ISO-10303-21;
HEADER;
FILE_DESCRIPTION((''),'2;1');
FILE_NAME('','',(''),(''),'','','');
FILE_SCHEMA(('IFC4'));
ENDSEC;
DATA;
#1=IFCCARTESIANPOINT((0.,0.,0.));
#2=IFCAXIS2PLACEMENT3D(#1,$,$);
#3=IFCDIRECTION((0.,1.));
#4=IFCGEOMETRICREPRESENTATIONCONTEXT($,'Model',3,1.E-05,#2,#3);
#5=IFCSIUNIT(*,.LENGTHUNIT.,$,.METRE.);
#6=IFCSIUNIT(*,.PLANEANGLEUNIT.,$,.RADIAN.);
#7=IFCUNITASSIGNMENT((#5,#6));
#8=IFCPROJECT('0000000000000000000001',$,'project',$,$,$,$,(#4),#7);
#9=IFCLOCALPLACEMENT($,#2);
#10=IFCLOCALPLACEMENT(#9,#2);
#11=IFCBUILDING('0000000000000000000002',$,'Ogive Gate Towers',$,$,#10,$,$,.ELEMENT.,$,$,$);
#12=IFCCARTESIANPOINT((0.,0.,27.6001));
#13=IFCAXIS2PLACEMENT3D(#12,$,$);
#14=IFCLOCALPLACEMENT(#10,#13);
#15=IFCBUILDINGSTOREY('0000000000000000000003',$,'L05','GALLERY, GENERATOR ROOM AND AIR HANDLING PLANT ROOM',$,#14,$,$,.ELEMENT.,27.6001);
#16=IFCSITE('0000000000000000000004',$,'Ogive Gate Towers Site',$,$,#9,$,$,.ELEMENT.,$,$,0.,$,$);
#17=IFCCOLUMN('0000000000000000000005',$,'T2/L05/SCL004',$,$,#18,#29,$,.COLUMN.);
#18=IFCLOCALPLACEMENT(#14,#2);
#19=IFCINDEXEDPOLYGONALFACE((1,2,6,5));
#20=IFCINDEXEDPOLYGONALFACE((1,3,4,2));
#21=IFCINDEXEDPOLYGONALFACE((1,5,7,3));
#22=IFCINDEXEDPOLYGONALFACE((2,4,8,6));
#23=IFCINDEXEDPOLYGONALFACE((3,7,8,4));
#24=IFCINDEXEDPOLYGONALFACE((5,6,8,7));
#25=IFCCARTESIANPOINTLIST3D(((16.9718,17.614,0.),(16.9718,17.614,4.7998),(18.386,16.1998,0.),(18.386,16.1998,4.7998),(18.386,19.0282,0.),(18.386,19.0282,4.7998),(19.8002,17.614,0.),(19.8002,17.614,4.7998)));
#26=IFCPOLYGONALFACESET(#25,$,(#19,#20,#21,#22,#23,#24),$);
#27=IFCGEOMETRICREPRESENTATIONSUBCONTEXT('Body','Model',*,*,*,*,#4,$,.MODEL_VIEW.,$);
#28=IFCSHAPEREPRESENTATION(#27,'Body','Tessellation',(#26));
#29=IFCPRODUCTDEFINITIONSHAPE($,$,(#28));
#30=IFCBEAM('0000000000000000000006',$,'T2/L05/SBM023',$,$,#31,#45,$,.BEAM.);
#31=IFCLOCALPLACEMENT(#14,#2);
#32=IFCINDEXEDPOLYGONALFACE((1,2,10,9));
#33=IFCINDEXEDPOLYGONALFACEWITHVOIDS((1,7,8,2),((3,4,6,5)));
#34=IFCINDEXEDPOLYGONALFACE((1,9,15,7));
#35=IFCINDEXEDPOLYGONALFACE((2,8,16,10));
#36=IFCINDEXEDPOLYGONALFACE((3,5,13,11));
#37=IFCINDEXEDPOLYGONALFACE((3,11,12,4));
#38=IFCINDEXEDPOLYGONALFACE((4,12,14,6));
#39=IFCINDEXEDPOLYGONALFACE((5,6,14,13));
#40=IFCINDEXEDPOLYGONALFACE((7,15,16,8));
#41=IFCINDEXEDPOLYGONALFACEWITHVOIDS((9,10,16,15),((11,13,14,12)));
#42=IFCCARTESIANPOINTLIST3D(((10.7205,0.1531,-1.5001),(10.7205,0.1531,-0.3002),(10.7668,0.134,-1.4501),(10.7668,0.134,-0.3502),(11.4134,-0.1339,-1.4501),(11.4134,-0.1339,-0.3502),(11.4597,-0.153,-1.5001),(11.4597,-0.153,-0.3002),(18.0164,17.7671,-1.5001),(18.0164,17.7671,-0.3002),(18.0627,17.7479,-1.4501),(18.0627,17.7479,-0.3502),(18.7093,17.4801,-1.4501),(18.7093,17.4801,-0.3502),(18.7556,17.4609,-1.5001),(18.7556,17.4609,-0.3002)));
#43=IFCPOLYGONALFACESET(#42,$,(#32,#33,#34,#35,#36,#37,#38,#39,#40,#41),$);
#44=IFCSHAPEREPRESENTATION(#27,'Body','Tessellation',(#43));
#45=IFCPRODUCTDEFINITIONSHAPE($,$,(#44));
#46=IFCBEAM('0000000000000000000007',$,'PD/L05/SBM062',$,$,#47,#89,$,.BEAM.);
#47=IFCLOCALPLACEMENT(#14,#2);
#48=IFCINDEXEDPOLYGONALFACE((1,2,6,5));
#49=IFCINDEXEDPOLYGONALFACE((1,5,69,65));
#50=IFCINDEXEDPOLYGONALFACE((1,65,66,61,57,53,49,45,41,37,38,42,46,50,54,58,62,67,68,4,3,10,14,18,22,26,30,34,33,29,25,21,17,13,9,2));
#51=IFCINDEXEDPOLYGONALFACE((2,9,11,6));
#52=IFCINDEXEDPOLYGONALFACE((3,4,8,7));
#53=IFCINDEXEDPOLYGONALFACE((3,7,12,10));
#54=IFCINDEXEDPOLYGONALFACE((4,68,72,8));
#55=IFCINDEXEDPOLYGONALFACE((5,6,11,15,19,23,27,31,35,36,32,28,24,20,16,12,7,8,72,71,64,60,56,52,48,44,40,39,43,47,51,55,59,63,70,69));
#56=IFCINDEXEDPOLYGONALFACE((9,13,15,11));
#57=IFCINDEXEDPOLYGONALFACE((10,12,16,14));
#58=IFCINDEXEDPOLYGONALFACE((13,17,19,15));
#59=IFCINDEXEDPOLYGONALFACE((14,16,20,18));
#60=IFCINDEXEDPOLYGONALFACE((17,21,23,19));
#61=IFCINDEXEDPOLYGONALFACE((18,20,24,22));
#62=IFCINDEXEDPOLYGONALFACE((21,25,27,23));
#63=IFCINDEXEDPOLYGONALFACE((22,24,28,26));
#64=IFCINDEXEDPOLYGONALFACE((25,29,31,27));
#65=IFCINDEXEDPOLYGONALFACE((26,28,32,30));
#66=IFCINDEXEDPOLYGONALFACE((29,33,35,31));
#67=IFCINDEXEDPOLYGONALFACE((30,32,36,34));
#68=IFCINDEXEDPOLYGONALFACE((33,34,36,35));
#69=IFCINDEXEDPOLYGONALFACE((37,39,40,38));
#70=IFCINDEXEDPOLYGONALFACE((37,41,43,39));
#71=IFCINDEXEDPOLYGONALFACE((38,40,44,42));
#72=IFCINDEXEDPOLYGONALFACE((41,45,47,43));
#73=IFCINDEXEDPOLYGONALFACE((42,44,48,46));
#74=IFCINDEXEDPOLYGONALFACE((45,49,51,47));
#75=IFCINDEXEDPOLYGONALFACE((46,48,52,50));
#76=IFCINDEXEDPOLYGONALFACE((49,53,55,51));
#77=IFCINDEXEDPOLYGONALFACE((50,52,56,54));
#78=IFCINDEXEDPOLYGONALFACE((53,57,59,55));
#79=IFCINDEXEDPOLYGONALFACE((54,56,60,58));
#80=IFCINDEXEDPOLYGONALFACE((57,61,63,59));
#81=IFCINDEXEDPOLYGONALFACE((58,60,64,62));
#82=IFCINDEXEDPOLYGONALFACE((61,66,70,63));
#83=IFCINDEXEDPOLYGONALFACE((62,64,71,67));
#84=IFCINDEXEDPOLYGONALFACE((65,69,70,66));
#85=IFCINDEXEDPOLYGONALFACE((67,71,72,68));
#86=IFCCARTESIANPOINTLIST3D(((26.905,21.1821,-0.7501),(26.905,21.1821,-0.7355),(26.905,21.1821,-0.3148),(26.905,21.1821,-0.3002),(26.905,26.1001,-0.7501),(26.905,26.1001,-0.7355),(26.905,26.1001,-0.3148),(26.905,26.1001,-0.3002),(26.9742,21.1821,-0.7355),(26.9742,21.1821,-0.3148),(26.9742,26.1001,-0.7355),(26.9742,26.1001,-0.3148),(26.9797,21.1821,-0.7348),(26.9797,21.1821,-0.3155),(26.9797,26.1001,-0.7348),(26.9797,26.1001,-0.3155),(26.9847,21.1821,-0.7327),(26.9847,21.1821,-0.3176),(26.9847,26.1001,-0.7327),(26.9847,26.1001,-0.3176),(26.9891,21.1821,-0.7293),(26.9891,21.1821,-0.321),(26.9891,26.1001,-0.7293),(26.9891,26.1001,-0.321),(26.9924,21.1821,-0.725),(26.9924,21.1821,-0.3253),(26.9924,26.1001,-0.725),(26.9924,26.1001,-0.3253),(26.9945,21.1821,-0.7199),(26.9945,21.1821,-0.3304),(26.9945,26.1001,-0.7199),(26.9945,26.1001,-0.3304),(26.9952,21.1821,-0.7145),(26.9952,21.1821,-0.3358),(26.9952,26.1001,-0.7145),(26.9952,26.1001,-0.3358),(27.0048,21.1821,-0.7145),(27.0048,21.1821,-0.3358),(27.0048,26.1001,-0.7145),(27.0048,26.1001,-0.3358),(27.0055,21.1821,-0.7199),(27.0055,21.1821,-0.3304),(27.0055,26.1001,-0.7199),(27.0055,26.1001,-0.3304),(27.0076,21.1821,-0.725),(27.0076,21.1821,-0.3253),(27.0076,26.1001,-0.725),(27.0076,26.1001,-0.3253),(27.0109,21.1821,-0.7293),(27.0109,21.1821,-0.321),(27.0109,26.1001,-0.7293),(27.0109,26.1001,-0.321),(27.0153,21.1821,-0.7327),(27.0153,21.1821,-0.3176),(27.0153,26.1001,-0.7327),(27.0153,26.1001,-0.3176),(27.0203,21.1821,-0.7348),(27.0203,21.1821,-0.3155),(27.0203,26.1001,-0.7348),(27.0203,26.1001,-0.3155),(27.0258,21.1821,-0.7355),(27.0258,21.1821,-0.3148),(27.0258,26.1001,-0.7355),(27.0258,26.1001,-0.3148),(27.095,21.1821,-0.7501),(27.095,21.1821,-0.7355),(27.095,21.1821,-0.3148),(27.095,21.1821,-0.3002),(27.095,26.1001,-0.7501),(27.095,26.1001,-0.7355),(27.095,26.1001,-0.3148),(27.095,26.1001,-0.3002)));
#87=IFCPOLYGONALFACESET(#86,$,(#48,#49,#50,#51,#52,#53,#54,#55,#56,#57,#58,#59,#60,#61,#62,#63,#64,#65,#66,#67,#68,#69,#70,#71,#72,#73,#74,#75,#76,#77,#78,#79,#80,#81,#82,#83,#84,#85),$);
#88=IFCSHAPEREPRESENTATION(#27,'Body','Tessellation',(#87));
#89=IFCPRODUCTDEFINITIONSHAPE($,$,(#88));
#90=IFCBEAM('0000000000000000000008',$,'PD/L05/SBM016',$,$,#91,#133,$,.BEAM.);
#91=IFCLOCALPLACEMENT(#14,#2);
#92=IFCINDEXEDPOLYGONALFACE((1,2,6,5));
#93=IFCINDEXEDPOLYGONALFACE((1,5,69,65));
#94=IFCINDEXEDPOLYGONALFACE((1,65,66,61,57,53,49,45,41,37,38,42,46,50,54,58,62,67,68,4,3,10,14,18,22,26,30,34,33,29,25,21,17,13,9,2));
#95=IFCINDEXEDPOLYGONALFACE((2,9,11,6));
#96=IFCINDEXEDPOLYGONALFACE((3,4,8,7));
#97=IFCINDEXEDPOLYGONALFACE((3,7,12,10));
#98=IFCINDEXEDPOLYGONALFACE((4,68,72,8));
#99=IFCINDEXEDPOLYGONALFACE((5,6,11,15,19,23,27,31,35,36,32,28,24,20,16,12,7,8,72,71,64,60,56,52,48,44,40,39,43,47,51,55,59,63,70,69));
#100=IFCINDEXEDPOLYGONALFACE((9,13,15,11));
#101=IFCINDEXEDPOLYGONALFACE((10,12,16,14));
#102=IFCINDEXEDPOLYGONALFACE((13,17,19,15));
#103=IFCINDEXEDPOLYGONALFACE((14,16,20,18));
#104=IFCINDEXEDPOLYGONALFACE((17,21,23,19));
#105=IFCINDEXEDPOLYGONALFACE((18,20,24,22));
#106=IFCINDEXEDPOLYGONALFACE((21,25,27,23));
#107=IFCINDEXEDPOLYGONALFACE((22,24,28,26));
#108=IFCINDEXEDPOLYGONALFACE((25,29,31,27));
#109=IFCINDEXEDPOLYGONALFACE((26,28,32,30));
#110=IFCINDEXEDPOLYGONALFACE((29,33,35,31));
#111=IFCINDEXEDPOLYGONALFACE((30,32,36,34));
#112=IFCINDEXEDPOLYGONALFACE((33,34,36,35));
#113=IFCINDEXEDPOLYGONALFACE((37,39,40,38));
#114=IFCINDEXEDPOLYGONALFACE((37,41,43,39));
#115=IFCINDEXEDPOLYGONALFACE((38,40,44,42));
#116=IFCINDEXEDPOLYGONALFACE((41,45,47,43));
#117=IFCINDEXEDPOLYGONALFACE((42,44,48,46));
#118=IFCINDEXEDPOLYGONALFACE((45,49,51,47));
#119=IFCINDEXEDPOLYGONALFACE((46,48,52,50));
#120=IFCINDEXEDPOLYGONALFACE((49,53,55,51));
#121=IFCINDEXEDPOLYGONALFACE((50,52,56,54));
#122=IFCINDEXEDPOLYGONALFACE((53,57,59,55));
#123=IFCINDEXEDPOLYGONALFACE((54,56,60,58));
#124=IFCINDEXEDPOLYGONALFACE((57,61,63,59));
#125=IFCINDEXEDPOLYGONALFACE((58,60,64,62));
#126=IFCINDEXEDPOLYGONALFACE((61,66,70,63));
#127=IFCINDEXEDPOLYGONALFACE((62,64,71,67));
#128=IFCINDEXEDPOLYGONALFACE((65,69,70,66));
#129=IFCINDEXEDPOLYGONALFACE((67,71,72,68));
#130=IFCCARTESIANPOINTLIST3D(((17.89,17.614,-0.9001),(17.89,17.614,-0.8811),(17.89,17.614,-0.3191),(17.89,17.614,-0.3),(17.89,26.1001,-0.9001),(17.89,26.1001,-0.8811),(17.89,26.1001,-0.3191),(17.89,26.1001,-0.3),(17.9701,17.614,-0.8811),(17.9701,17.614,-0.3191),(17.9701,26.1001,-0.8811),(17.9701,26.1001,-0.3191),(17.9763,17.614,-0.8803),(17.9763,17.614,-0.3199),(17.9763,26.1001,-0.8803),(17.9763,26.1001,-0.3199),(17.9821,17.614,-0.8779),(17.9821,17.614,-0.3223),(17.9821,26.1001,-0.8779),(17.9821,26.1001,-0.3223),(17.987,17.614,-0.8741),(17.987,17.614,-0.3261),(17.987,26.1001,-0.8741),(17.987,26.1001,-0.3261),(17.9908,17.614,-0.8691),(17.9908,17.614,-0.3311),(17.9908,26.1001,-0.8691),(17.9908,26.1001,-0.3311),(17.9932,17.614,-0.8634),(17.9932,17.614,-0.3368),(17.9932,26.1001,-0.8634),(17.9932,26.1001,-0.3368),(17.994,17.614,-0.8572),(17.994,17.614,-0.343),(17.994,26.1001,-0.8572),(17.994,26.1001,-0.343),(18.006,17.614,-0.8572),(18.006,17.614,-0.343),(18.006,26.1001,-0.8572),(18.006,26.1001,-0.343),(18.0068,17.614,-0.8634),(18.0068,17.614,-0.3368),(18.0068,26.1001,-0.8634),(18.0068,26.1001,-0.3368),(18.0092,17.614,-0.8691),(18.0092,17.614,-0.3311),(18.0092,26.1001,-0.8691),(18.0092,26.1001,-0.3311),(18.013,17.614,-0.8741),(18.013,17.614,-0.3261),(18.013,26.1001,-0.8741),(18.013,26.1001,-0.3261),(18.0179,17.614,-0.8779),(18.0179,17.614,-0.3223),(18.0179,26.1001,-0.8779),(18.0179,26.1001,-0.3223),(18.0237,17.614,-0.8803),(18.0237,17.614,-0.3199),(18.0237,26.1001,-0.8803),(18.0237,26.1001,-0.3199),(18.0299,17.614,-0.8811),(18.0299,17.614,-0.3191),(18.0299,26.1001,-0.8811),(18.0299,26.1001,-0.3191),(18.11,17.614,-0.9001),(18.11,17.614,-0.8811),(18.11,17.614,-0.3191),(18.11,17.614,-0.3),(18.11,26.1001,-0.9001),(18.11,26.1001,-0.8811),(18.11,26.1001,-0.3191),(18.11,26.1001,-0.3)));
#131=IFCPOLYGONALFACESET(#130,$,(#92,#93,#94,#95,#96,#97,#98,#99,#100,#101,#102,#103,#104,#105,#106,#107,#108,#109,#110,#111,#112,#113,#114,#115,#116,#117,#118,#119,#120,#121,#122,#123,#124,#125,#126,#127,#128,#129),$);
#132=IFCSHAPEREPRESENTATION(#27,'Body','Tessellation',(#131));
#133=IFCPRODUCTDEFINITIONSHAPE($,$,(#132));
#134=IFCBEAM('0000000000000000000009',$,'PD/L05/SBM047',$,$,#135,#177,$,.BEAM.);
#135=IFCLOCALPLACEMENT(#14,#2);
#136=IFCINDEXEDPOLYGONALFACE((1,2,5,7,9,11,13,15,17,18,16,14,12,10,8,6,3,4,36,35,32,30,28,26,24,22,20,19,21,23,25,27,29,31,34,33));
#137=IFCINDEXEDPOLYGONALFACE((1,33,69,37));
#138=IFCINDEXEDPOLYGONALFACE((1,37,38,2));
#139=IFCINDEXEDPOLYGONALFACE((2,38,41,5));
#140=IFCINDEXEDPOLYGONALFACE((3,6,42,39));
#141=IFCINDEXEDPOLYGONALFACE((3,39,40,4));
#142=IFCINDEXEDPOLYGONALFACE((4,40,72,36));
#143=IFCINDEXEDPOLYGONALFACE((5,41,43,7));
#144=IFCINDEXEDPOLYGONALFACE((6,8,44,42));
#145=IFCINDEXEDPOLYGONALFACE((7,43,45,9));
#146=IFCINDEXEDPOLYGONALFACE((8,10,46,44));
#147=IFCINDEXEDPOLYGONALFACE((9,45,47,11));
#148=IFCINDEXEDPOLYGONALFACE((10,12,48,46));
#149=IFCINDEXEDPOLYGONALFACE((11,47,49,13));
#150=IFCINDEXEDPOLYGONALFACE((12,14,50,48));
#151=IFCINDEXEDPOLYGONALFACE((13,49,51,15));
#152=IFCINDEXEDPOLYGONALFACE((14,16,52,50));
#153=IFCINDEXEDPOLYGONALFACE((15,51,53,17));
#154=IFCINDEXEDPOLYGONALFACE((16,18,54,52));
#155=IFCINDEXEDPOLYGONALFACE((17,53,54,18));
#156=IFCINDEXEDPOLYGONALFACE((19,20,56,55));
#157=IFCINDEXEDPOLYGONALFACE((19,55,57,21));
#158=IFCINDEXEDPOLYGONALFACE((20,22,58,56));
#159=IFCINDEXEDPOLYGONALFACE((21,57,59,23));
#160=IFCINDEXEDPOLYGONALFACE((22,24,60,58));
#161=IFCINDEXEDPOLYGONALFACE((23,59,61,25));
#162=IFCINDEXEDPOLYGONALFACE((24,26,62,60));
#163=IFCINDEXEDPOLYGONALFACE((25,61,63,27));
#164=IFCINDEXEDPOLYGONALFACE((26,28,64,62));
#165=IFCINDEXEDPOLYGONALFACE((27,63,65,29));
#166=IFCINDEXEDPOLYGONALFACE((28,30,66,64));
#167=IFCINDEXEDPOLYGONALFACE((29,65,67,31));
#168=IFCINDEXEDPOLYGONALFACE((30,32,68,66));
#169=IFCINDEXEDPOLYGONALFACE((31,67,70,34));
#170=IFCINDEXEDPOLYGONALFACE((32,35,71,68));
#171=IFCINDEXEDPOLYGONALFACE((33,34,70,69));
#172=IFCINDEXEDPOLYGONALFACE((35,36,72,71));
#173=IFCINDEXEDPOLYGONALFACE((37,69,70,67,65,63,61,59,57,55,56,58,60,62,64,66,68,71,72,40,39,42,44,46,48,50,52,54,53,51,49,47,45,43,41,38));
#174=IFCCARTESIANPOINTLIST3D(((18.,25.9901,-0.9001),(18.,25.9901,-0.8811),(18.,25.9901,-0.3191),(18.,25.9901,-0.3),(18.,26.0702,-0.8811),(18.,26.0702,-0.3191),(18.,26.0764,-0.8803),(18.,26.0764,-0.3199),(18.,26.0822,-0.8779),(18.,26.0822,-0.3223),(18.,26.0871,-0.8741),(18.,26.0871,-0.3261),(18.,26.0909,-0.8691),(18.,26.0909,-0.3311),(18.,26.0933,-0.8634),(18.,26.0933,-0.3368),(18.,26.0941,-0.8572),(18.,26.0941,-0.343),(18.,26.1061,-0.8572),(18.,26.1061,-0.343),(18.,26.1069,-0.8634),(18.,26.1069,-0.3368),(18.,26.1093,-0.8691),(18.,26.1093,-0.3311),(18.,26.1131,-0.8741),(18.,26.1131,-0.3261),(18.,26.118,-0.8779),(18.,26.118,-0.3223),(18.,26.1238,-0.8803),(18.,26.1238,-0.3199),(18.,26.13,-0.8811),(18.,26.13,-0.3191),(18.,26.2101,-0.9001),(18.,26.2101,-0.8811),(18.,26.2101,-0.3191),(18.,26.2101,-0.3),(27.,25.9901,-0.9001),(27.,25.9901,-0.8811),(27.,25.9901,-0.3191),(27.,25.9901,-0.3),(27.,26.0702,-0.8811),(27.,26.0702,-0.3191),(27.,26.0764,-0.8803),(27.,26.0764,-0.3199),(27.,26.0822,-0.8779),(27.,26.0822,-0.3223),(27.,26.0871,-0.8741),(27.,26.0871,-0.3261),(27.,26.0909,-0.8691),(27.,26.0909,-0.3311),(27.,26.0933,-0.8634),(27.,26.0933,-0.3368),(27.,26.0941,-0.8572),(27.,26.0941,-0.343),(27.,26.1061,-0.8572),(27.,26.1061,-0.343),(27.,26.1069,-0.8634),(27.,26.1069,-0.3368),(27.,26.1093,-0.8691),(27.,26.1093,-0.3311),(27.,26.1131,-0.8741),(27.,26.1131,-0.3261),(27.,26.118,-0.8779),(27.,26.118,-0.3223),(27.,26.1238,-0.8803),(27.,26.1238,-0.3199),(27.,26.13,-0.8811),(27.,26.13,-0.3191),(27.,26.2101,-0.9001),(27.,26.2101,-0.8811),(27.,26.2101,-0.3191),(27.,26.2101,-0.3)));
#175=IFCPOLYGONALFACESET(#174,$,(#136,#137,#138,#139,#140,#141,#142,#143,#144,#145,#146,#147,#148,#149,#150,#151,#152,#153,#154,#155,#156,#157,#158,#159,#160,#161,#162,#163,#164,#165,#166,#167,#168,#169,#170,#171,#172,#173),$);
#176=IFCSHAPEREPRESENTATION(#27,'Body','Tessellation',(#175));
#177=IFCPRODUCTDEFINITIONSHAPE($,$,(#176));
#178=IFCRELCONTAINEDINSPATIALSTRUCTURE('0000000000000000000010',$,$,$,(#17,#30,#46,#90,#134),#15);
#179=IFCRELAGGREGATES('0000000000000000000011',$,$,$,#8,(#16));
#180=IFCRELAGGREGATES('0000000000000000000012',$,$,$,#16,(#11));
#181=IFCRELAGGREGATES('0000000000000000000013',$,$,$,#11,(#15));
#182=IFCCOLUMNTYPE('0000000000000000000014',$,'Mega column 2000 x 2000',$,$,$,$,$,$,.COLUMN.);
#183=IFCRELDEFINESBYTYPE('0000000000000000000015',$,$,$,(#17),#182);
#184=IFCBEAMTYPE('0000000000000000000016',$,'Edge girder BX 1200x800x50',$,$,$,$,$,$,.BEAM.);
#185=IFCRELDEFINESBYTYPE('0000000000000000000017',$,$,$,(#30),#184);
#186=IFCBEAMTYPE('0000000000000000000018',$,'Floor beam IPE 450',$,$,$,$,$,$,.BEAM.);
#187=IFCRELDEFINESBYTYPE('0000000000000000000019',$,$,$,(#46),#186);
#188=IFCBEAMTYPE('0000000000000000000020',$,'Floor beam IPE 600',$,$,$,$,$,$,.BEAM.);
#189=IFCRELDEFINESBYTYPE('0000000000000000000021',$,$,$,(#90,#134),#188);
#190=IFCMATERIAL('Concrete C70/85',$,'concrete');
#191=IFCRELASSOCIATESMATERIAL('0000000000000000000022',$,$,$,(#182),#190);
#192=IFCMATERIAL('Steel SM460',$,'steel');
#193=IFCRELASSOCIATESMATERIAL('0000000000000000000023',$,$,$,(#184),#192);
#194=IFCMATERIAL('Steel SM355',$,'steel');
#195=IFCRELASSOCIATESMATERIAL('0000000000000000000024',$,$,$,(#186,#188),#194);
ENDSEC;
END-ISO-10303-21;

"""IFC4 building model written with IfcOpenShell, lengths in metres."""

from ifc_helpers import new_model, si_unit, direction, frame, origin, origin_2d, place, context, subcontext, project, spatial, rectangle, hollow_rectangle, i_section, extrude, material, material_profile, profile_set, type_object, element, save


model = new_model("IFC4")

# Units and contexts
model_context = context("Model", 3, precision=1e-05, world=origin(), true_north=direction((0.0, 1.0)))
body_context = subcontext(model_context, "Body", "Model", "MODEL_VIEW")
ifc_project = project(units=[si_unit("LENGTHUNIT", "METRE"), si_unit("PLANEANGLEUNIT", "RADIAN")], contexts=[model_context])

# Site, building, storey
site_placement = place(None, origin())
site = spatial("IfcSite", under=ifc_project, at=site_placement, Name="Ogive Gate Towers Site", CompositionType="ELEMENT", RefElevation=0.0)
building_placement = place(site_placement, origin())
building = spatial("IfcBuilding", under=site, at=building_placement, Name="Ogive Gate Towers", CompositionType="ELEMENT")
storey_placement = place(building_placement, frame((0.0, 0.0, 27.6001)))
storey = spatial("IfcBuildingStorey", under=building, at=storey_placement, Name="L05", Description="GALLERY, GENERATOR ROOM AND AIR HANDLING PLANT ROOM", CompositionType="ELEMENT", Elevation=27.6001)

# Column
ifc_material_1 = material(Name="Concrete C70/85", Category="concrete")
ifc_material_profile_1 = material_profile(ifc_material_1, rectangle(XDim=2.0, YDim=2.0, at=origin_2d()), Name="RC 2000x2000")
ifc_profile_set_1 = profile_set([ifc_material_profile_1], Name="Concrete C70/85")
column_type = type_object("IfcColumnType", Name="Mega column 2000 x 2000", PredefinedType="COLUMN", material=ifc_profile_set_1)
column_placement = place(storey_placement, frame((18.386, 17.614, 0.0), z_axis=(0.0, 0.0, 1.0), x_axis=(-0.707107, 0.707107, 0.0)))
element("IfcColumn", 1, at=column_placement, inside=storey, type_object=column_type, Name="T2/L05/SCL004", PredefinedType="COLUMN", context=body_context, shape_type="SweptSolid", body=[
    extrude(rectangle(XDim=2.0, YDim=2.0, at=origin_2d()), origin(), (0.0, 0.0, 1.0), 4.7998),
])

# Beams
ifc_material_2 = material(Name="Steel SM460", Category="steel")
ifc_material_profile_2 = material_profile(ifc_material_2, hollow_rectangle(XDim=0.8, YDim=1.2, WallThickness=0.05, at=origin_2d()), Name="BX 1200x800x50")
ifc_profile_set_2 = profile_set([ifc_material_profile_2], Name="Steel SM460")
beam_type_1 = type_object("IfcBeamType", Name="Edge girder BX 1200x800x50", PredefinedType="BEAM", material=ifc_profile_set_2)
beam_1_placement = place(storey_placement, frame((18.386, 17.614, -0.9001), z_axis=(-0.382681, -0.923881, 0.0), x_axis=(0.923881, -0.382681, 0.0)))
element("IfcBeam", 2, at=beam_1_placement, inside=storey, type_object=beam_type_1, Name="T2/L05/SBM023", PredefinedType="BEAM", context=body_context, shape_type="SweptSolid", body=[
    extrude(hollow_rectangle(XDim=0.8, YDim=1.2, WallThickness=0.05, at=origin_2d()), origin(), (0.0, 0.0, 1.0), 19.0652),
])
ifc_material_3 = material(Name="Steel SM355", Category="steel")
ifc_material_profile_3 = material_profile(ifc_material_3, i_section(OverallWidth=0.1899, OverallDepth=0.45, WebThickness=0.0095, FlangeThickness=0.0146, FilletRadius=0.021, at=origin_2d()), Name="IPE 450")
ifc_profile_set_3 = profile_set([ifc_material_profile_3], Name="Steel SM355")
beam_type_2 = type_object("IfcBeamType", Name="Floor beam IPE 450", PredefinedType="BEAM", material=ifc_profile_set_3)
beam_2_placement = place(storey_placement, frame((27.0, 26.1001, -0.5251), z_axis=(0.0, -1.0, 0.0), x_axis=(1.0, 0.0, 0.0)))
element("IfcBeam", 3, at=beam_2_placement, inside=storey, type_object=beam_type_2, Name="PD/L05/SBM062", PredefinedType="BEAM", context=body_context, shape_type="SweptSolid", body=[
    extrude(i_section(OverallWidth=0.1899, OverallDepth=0.45, WebThickness=0.0095, FlangeThickness=0.0146, FilletRadius=0.021, at=origin_2d()), origin(), (0.0, 0.0, 1.0), 4.918),
])
ifc_material_profile_4 = material_profile(ifc_material_3, i_section(OverallWidth=0.22, OverallDepth=0.6001, WebThickness=0.012, FlangeThickness=0.019, FilletRadius=0.0239, at=origin_2d()), Name="IPE 600")
ifc_profile_set_4 = profile_set([ifc_material_profile_4], Name="Steel SM355")
beam_type_3 = type_object("IfcBeamType", Name="Floor beam IPE 600", PredefinedType="BEAM", material=ifc_profile_set_4)
beam_3_placement = place(storey_placement, frame((18.0, 17.614, -0.6001), z_axis=(0.0, 1.0, 0.0), x_axis=(-1.0, 0.0, 0.0)))
element("IfcBeam", 4, at=beam_3_placement, inside=storey, type_object=beam_type_3, Name="PD/L05/SBM016", PredefinedType="BEAM", context=body_context, shape_type="SweptSolid", body=[
    extrude(i_section(OverallWidth=0.22, OverallDepth=0.6001, WebThickness=0.012, FlangeThickness=0.019, FilletRadius=0.0239, at=origin_2d()), origin(), (0.0, 0.0, 1.0), 8.4861),
])
beam_4_placement = place(storey_placement, frame((18.0, 26.1001, -0.6001), z_axis=(1.0, 0.0, 0.0), x_axis=(0.0, 1.0, 0.0)))
element("IfcBeam", 5, at=beam_4_placement, inside=storey, type_object=beam_type_3, Name="PD/L05/SBM047", PredefinedType="BEAM", context=body_context, shape_type="SweptSolid", body=[
    extrude(i_section(OverallWidth=0.22, OverallDepth=0.6001, WebThickness=0.012, FlangeThickness=0.019, FilletRadius=0.0239, at=origin_2d()), origin(), (0.0, 0.0, 1.0), 9.0),
])

save(model, "model.ifc")
